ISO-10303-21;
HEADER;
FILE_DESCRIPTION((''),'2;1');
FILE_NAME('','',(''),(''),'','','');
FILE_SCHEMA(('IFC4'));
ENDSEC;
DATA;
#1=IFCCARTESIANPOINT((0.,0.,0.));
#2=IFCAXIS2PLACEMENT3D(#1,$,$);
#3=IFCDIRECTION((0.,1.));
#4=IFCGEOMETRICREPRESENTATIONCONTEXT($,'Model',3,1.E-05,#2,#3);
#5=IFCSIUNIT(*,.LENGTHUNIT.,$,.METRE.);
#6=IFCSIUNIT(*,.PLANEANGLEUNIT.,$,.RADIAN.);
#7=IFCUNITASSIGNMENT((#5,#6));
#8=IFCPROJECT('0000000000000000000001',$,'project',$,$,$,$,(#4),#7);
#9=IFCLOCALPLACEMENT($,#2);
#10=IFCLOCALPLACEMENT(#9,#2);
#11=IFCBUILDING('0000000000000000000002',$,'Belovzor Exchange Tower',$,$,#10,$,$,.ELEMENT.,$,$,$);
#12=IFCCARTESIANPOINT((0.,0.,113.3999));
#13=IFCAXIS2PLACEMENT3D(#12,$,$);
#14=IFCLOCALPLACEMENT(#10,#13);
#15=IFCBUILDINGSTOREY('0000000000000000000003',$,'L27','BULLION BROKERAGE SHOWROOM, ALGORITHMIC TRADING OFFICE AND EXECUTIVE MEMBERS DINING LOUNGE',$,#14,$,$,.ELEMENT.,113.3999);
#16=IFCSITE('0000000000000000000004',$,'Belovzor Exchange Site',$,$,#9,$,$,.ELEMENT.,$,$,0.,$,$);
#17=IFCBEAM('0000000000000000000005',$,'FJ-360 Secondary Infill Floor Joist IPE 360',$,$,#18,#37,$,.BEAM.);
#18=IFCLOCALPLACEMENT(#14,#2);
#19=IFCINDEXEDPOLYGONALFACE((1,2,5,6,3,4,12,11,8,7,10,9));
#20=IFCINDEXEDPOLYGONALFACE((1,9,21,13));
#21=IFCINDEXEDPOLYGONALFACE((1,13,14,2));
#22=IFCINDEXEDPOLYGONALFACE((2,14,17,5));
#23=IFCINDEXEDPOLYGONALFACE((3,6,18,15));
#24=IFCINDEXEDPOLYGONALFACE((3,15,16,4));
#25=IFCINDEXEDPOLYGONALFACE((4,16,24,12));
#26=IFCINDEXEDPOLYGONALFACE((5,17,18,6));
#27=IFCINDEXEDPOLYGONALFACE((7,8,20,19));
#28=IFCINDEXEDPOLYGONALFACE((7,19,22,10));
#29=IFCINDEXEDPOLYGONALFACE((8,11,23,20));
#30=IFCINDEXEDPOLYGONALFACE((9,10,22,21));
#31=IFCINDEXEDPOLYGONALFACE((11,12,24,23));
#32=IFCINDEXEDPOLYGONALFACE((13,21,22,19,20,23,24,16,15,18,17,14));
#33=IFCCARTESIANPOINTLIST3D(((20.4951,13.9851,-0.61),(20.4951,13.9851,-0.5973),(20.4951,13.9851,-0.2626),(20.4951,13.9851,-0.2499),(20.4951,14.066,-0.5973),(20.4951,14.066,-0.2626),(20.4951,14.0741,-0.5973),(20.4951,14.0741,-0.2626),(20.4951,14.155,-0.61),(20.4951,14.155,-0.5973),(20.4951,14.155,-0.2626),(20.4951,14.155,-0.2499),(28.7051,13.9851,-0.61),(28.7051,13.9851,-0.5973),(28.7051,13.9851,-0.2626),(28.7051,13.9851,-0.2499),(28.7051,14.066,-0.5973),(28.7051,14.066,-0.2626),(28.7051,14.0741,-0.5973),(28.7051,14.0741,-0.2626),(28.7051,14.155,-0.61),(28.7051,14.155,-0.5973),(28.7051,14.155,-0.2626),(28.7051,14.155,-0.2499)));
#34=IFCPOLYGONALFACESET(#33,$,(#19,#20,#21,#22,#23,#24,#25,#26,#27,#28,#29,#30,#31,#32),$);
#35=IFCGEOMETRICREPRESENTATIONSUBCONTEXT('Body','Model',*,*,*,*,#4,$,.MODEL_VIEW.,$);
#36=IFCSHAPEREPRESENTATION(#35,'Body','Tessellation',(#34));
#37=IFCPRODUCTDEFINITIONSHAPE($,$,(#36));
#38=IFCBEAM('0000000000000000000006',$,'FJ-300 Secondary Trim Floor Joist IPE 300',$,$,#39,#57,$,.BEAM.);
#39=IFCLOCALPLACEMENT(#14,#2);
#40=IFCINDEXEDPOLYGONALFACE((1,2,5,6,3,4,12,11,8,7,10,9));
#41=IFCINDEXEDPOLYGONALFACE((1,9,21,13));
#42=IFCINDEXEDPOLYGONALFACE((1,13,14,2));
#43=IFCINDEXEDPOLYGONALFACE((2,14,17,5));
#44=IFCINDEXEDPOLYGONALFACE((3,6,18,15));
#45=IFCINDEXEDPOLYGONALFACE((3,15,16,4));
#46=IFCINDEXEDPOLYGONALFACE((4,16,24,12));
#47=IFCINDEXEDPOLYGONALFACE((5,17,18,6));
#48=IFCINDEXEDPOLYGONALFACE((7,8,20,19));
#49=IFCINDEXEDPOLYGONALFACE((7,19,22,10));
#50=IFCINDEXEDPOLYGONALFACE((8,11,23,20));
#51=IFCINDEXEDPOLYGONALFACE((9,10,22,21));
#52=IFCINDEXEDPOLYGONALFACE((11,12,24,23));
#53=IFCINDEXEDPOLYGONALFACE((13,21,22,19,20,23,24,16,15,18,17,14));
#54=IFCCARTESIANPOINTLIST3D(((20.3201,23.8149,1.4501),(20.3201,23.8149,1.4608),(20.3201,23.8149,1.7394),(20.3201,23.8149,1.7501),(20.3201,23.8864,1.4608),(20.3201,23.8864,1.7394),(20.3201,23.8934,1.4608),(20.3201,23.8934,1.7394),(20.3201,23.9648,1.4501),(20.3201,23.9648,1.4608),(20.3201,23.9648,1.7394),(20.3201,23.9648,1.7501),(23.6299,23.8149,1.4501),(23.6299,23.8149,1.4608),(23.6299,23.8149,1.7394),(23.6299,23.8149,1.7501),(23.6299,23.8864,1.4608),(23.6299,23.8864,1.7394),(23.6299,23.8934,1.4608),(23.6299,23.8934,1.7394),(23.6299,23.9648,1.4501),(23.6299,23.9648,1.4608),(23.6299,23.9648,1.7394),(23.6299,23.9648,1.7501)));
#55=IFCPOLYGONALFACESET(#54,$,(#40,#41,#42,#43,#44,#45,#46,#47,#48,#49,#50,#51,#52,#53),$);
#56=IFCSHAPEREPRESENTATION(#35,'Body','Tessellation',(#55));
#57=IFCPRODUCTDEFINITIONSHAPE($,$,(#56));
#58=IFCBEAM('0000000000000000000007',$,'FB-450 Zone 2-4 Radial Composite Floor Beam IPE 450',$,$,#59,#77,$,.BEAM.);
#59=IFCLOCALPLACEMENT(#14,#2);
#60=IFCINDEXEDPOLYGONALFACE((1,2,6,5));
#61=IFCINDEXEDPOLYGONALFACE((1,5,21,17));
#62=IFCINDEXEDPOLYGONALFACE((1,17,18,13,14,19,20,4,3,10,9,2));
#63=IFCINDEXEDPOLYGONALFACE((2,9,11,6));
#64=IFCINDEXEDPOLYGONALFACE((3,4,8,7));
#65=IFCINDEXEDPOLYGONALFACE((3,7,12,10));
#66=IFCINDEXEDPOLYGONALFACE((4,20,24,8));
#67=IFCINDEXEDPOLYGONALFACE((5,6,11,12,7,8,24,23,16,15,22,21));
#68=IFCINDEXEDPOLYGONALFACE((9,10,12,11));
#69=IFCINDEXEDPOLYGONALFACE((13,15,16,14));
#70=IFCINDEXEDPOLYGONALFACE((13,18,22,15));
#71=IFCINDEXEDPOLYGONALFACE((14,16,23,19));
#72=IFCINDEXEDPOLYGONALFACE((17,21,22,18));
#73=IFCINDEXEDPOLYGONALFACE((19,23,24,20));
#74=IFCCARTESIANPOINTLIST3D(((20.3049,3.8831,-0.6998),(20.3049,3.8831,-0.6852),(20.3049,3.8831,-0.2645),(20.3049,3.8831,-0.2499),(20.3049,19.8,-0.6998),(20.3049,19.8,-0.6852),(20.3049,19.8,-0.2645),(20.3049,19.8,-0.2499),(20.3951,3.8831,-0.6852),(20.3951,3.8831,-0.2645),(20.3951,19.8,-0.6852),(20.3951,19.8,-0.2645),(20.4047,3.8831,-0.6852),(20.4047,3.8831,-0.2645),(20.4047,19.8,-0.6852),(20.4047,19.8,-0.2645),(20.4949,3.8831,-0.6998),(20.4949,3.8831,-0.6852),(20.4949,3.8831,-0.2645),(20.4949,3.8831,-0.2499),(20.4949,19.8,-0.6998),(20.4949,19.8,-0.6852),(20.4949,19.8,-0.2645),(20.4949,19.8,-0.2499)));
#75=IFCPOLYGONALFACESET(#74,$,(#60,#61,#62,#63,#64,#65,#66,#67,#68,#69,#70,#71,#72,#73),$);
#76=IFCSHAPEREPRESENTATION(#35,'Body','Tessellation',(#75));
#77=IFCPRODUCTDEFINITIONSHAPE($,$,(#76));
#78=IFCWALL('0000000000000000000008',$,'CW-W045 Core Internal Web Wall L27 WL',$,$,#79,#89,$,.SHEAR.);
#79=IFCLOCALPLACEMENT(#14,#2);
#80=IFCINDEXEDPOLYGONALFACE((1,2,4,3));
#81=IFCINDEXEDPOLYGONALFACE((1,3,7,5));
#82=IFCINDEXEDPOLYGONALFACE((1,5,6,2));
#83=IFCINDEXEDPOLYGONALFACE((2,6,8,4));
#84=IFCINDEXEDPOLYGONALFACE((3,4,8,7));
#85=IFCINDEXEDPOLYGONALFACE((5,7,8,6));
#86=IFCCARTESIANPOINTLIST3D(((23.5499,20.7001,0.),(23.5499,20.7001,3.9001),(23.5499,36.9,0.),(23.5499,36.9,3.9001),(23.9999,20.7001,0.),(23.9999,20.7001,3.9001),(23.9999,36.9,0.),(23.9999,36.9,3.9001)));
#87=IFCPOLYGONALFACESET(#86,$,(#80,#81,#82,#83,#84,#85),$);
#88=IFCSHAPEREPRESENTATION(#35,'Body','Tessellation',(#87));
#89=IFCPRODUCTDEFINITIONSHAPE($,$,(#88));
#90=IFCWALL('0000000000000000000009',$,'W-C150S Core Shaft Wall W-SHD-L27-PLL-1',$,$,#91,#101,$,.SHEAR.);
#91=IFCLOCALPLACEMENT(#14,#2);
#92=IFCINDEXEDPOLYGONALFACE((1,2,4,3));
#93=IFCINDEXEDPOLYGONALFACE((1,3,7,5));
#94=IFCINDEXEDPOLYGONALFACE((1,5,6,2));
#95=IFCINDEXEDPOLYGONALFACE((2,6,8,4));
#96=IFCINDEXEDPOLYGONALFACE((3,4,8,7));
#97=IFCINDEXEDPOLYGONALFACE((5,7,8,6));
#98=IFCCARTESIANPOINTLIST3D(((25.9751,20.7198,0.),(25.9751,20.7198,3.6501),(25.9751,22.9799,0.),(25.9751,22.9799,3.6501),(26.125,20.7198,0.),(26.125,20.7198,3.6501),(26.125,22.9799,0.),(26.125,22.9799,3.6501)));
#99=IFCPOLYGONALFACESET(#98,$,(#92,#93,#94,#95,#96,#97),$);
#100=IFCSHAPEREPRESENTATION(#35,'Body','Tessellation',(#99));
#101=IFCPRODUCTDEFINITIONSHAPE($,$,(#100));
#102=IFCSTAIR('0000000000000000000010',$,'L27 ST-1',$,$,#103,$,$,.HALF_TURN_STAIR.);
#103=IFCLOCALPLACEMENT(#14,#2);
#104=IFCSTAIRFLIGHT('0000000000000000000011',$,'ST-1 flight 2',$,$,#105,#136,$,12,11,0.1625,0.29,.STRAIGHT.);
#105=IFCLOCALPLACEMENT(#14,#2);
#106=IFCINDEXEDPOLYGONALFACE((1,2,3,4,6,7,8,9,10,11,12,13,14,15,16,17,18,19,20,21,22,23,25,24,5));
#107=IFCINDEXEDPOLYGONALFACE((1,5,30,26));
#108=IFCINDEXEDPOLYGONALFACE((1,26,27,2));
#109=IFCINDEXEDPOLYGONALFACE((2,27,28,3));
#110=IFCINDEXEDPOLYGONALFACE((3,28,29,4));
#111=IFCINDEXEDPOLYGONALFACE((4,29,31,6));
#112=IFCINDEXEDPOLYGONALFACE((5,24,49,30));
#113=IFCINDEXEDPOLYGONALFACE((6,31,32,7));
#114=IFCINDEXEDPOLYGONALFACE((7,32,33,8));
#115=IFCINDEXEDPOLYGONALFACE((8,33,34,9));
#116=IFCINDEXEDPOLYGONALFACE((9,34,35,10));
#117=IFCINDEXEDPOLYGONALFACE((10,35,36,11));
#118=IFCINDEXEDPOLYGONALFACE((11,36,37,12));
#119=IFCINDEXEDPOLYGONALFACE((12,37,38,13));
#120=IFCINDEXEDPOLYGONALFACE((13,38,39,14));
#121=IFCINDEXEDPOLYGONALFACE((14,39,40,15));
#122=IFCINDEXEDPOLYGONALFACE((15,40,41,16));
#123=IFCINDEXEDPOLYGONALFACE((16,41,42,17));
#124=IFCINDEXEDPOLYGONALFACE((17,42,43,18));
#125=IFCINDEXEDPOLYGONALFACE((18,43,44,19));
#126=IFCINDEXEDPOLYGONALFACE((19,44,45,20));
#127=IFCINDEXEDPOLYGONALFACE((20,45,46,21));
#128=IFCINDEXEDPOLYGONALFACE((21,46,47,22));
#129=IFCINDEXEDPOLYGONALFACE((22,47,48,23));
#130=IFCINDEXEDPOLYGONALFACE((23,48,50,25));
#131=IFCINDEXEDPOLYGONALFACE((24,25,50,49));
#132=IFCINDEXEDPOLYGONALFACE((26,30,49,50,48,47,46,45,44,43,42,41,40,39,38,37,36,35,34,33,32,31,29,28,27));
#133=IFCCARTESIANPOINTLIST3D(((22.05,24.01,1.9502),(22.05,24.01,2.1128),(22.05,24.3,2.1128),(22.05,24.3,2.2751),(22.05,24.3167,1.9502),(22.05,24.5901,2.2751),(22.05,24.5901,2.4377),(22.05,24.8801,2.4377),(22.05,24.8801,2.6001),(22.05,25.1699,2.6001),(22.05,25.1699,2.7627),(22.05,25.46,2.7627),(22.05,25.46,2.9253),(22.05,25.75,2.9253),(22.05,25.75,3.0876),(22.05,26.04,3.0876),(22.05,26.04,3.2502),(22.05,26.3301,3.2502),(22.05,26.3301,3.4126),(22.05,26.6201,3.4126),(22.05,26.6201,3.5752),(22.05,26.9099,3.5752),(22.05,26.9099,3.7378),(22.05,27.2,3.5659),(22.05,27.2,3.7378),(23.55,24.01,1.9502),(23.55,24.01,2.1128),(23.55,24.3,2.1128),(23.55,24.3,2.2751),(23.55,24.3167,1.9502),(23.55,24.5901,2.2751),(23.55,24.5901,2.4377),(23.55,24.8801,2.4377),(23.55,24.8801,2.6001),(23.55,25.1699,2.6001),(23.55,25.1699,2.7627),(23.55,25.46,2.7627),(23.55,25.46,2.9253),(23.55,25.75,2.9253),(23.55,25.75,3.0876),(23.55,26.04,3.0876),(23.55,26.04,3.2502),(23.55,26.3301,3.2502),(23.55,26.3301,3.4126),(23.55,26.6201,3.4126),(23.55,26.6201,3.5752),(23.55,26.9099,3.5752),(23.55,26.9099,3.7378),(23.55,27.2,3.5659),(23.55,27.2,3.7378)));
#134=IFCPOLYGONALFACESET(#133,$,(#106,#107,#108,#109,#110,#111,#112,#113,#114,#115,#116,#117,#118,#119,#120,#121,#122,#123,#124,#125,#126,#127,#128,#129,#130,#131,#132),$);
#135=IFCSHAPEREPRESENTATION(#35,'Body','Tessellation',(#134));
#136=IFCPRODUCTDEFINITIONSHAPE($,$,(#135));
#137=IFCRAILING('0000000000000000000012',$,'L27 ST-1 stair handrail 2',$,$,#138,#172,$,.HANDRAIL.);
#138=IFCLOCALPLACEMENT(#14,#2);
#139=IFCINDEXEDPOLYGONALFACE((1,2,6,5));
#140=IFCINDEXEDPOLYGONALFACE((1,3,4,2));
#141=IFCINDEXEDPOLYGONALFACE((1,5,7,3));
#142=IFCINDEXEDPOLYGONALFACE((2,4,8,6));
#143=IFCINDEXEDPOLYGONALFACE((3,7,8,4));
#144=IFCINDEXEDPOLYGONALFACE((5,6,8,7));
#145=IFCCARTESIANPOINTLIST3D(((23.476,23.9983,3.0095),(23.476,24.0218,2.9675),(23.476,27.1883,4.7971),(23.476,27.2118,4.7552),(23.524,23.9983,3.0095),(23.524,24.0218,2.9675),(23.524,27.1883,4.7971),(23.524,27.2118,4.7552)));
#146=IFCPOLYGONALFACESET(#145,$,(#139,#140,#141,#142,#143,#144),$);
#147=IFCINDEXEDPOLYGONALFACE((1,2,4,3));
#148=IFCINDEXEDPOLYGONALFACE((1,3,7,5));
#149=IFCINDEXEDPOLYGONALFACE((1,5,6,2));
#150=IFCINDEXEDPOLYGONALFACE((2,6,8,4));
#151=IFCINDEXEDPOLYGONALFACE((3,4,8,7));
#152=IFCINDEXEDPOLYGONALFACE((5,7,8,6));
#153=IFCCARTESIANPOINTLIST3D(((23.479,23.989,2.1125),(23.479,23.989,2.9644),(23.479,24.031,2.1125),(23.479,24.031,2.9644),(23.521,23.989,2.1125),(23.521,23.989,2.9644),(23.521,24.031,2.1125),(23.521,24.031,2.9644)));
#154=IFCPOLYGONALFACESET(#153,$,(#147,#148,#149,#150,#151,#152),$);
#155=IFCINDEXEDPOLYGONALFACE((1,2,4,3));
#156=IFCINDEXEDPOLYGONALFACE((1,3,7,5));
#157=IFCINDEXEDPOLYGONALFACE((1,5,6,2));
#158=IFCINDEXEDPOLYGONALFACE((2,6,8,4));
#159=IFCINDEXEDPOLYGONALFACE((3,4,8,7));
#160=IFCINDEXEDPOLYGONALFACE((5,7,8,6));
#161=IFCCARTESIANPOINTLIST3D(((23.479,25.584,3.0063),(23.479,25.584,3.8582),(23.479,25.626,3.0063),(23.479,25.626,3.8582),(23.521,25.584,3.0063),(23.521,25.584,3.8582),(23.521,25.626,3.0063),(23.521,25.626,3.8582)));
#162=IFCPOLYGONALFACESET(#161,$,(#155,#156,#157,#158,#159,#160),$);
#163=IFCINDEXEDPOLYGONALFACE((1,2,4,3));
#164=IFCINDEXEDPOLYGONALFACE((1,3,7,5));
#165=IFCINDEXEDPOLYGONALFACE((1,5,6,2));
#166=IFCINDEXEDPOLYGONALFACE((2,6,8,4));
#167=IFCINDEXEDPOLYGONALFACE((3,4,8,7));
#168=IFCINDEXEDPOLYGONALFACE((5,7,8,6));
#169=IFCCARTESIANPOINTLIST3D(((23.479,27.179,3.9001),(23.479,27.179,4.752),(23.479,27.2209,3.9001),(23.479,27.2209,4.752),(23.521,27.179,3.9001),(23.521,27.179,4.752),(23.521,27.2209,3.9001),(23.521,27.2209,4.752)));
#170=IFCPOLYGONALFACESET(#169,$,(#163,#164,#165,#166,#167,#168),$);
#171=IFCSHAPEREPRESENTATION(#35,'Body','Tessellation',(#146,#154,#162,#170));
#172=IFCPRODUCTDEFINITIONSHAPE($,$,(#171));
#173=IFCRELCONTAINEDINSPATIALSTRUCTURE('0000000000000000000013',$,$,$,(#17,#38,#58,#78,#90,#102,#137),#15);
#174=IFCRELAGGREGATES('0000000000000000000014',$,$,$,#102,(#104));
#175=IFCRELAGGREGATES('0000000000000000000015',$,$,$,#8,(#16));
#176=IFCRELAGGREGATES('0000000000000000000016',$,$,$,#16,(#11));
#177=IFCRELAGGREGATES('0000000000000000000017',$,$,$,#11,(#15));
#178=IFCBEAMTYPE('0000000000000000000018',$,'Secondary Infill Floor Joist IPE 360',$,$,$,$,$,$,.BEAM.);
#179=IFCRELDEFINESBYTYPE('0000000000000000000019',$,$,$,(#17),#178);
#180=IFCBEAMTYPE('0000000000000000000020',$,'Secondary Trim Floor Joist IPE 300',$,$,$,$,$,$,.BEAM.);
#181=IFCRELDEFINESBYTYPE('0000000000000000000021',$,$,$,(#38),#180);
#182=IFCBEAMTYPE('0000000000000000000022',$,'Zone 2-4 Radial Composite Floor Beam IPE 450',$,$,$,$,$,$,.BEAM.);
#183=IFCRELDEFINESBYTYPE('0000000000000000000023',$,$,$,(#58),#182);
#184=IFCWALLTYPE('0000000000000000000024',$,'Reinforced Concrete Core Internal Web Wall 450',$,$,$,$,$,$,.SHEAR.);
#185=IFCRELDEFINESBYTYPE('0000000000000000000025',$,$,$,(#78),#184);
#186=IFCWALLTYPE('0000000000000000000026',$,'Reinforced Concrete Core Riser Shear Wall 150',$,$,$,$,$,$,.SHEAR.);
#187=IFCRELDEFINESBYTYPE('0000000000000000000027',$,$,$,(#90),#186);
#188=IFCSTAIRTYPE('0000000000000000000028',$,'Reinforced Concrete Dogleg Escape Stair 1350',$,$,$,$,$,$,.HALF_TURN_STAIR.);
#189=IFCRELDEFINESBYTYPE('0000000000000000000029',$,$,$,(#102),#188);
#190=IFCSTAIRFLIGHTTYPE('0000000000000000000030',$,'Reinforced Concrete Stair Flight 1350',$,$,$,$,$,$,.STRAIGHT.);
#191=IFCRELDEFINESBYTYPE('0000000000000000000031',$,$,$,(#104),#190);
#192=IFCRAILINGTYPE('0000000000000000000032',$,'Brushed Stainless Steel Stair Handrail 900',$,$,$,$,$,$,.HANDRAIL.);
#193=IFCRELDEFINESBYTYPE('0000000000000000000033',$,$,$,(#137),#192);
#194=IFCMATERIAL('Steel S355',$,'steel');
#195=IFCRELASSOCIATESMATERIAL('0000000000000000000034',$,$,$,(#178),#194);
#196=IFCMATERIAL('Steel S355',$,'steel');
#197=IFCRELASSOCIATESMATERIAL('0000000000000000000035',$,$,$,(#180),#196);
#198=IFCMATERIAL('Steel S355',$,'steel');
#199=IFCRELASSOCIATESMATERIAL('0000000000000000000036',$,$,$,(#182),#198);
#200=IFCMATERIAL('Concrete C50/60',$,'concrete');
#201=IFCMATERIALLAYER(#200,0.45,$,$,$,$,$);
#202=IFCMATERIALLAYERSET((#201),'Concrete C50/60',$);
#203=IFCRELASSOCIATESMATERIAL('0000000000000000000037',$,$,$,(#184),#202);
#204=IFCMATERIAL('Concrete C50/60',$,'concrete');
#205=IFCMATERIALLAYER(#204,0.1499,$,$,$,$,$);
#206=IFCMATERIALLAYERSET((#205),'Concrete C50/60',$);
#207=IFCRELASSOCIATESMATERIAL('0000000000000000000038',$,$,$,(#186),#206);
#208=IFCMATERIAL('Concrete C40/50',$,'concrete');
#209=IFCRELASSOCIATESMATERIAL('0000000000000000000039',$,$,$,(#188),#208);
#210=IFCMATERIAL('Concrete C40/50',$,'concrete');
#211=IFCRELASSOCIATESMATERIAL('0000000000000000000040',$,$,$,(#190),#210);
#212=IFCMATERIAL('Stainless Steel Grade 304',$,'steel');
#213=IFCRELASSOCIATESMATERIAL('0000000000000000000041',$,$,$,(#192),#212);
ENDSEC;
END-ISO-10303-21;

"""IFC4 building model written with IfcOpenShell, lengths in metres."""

from ifc_helpers import new_model, si_unit, direction, frame, frame_2d, origin, origin_2d, place, context, subcontext, project, spatial, polyline, rectangle, i_section, outline, extrude, material, layer, layer_set, material_profile, profile_set, type_object, element, aggregate, save


model = new_model("IFC4")

# Units and contexts
model_context = context("Model", 3, precision=1e-05, world=origin(), true_north=direction((0.0, 1.0)))
body_context = subcontext(model_context, "Body", "Model", "MODEL_VIEW")
ifc_project = project(units=[si_unit("LENGTHUNIT", "METRE"), si_unit("PLANEANGLEUNIT", "RADIAN")], contexts=[model_context])

# Site, building, storey
site_placement = place(None, origin())
site = spatial("IfcSite", under=ifc_project, at=site_placement, Name="Belovzor Exchange Site", CompositionType="ELEMENT", RefElevation=0.0)
building_placement = place(site_placement, origin())
building = spatial("IfcBuilding", under=site, at=building_placement, Name="Belovzor Exchange Tower", CompositionType="ELEMENT")
storey_placement = place(building_placement, frame((0.0, 0.0, 113.3999)))
storey = spatial("IfcBuildingStorey", under=building, at=storey_placement, Name="L27", Description="BULLION BROKERAGE SHOWROOM, ALGORITHMIC TRADING OFFICE AND EXECUTIVE MEMBERS DINING LOUNGE", CompositionType="ELEMENT", Elevation=113.3999)

# Beams
ifc_material_1 = material(Name="Steel S355", Category="steel")
ifc_material_profile_1 = material_profile(ifc_material_1, i_section(OverallWidth=0.1699, OverallDepth=0.3601, WebThickness=0.0081, FlangeThickness=0.0127, at=origin_2d()))
ifc_profile_set_1 = profile_set([ifc_material_profile_1], Name="Steel S355")
beam_type_1 = type_object("IfcBeamType", Name="Secondary Infill Floor Joist IPE 360", PredefinedType="BEAM", material=ifc_profile_set_1)
beam_1_placement = place(storey_placement, frame((20.4951, 14.0701, -0.4299), z_axis=(1.0, 0.0, 0.0), x_axis=(0.0, 1.0, 0.0)))
element("IfcBeam", 1, at=beam_1_placement, inside=storey, type_object=beam_type_1, Name="FJ-360 Secondary Infill Floor Joist IPE 360", PredefinedType="BEAM", context=body_context, shape_type="SweptSolid", body=[
    extrude(i_section(OverallWidth=0.1699, OverallDepth=0.3601, WebThickness=0.0081, FlangeThickness=0.0127, at=origin_2d()), origin(), (0.0, 0.0, 1.0), 8.21),
])
ifc_material_2 = material(Name="Steel S355", Category="steel")
ifc_material_profile_2 = material_profile(ifc_material_2, i_section(OverallWidth=0.1499, OverallDepth=0.3, WebThickness=0.0071, FlangeThickness=0.0107, at=origin_2d()))
ifc_profile_set_2 = profile_set([ifc_material_profile_2], Name="Steel S355")
beam_type_2 = type_object("IfcBeamType", Name="Secondary Trim Floor Joist IPE 300", PredefinedType="BEAM", material=ifc_profile_set_2)
beam_2_placement = place(storey_placement, frame((20.3201, 23.8899, 1.6001), z_axis=(1.0, 0.0, 0.0), x_axis=(0.0, 1.0, 0.0)))
element("IfcBeam", 2, at=beam_2_placement, inside=storey, type_object=beam_type_2, Name="FJ-300 Secondary Trim Floor Joist IPE 300", PredefinedType="BEAM", context=body_context, shape_type="SweptSolid", body=[
    extrude(i_section(OverallWidth=0.1499, OverallDepth=0.3, WebThickness=0.0071, FlangeThickness=0.0107, at=origin_2d()), origin(), (0.0, 0.0, 1.0), 3.3098),
])
ifc_material_3 = material(Name="Steel S355", Category="steel")
ifc_material_profile_3 = material_profile(ifc_material_3, i_section(OverallWidth=0.1899, OverallDepth=0.45, WebThickness=0.0095, FlangeThickness=0.0146, at=origin_2d()))
ifc_profile_set_3 = profile_set([ifc_material_profile_3], Name="Steel S355")
beam_type_3 = type_object("IfcBeamType", Name="Zone 2-4 Radial Composite Floor Beam IPE 450", PredefinedType="BEAM", material=ifc_profile_set_3)
beam_3_placement = place(storey_placement, frame((20.3999, 19.8, -0.4749), z_axis=(0.0, -1.0, 0.0), x_axis=(1.0, 0.0, 0.0)))
element("IfcBeam", 3, at=beam_3_placement, inside=storey, type_object=beam_type_3, Name="FB-450 Zone 2-4 Radial Composite Floor Beam IPE 450", PredefinedType="BEAM", context=body_context, shape_type="SweptSolid", body=[
    extrude(i_section(OverallWidth=0.1899, OverallDepth=0.45, WebThickness=0.0095, FlangeThickness=0.0146, at=origin_2d()), origin(), (0.0, 0.0, 1.0), 15.917),
])

# Walls
ifc_material_4 = material(Name="Concrete C50/60", Category="concrete")
ifc_layer_1 = layer(ifc_material_4, 0.45)
ifc_layer_set_1 = layer_set([ifc_layer_1], Name="Concrete C50/60")
wall_type_1 = type_object("IfcWallType", Name="Reinforced Concrete Core Internal Web Wall 450", PredefinedType="SHEAR", material=ifc_layer_set_1)
wall_1_placement = place(storey_placement, frame((23.7749, 20.7, 0.0), z_axis=(0.0, 0.0, 1.0), x_axis=(0.0, 1.0, 0.0)))
element("IfcWall", 4, at=wall_1_placement, inside=storey, type_object=wall_type_1, Name="CW-W045 Core Internal Web Wall L27 WL", PredefinedType="SHEAR", context=body_context, shape_type="SweptSolid", body=[
    extrude(rectangle(XDim=16.2, YDim=0.45, at=frame_2d((8.1001, 0.0))), origin(), (0.0, 0.0, 1.0), 3.9001),
])
ifc_material_5 = material(Name="Concrete C50/60", Category="concrete")
ifc_layer_2 = layer(ifc_material_5, 0.1499)
ifc_layer_set_2 = layer_set([ifc_layer_2], Name="Concrete C50/60")
wall_type_2 = type_object("IfcWallType", Name="Reinforced Concrete Core Riser Shear Wall 150", PredefinedType="SHEAR", material=ifc_layer_set_2)
wall_2_placement = place(storey_placement, frame((26.05, 20.72, 0.0), z_axis=(0.0, 0.0, 1.0), x_axis=(0.0, 1.0, 0.0)))
element("IfcWall", 5, at=wall_2_placement, inside=storey, type_object=wall_type_2, Name="W-C150S Core Shaft Wall W-SHD-L27-PLL-1", PredefinedType="SHEAR", context=body_context, shape_type="SweptSolid", body=[
    extrude(rectangle(XDim=2.26, YDim=0.1499, at=frame_2d((1.1299, 0.0))), origin(), (0.0, 0.0, 1.0), 3.6501),
])

# Stair, stair flight
ifc_material_6 = material(Name="Concrete C40/50", Category="concrete")
stair_type = type_object("IfcStairType", Name="Reinforced Concrete Dogleg Escape Stair 1350", PredefinedType="HALF_TURN_STAIR", material=ifc_material_6)
stair_placement = place(storey_placement, origin())
stair = element("IfcStair", 6, at=stair_placement, inside=storey, type_object=stair_type, Name="L27 ST-1", PredefinedType="HALF_TURN_STAIR")
ifc_material_7 = material(Name="Concrete C40/50", Category="concrete")
stair_flight_type = type_object("IfcStairFlightType", Name="Reinforced Concrete Stair Flight 1350", PredefinedType="STRAIGHT", material=ifc_material_7)
stair_flight_placement = place(storey_placement, frame((22.8, 24.01, 1.9502), z_axis=(0.0, 0.0, 1.0), x_axis=(0.0, 1.0, 0.0)))
stair_flight = element("IfcStairFlight", 7, at=stair_flight_placement, type_object=stair_flight_type, Name="ST-1 flight 2", NumberOfRisers=12, NumberOfTreads=11, PredefinedType="STRAIGHT", RiserHeight=0.1625, TreadLength=0.29, context=body_context, shape_type="SweptSolid", body=[
    extrude(outline(polyline([(0.0, 0.0), (0.0, 0.1626), (0.29, 0.1626), (0.29, 0.325), (0.5801, 0.325), (0.5801, 0.4875), (0.8701, 0.4875), (0.8701, 0.6499), (1.1599, 0.6499), (1.1599, 0.8125), (1.45, 0.8125), (1.45, 0.9751), (1.74, 0.9751), (1.74, 1.1375), (2.03, 1.1375), (2.03, 1.3), (2.3201, 1.3), (2.3201, 1.4624), (2.6101, 1.4624), (2.6101, 1.625), (2.8999, 1.625), (2.8999, 1.7876), (3.1899, 1.7876), (3.1899, 1.95), (3.1899, 1.6157), (0.3066, 0.0), (0.0, 0.0)])), frame((0.0, 0.75, 0.0), z_axis=(0.0, -1.0, 0.0), x_axis=(1.0, 0.0, 0.0)), (0.0, 0.0, 1.0), 1.5),
])
aggregate(stair, [stair_flight])

# Railing
ifc_material_8 = material(Name="Stainless Steel Grade 304", Category="steel")
railing_type_1 = type_object("IfcRailingType", Name="Brushed Stainless Steel Stair Handrail 900", PredefinedType="HANDRAIL", material=ifc_material_8)
railing_1_placement = place(storey_placement, frame((23.5, 24.01, 2.1125)))
element("IfcRailing", 8, at=railing_1_placement, inside=storey, type_object=railing_type_1, Name="L27 ST-1 stair handrail 2", PredefinedType="HANDRAIL", context=body_context, shape_type="SweptSolid", body=[
    extrude(rectangle(XDim=0.0481, YDim=0.0481, at=origin_2d()), frame((0.0, 0.0, 0.876), z_axis=(0.0, 0.872363, 0.48886), x_axis=(-1.0, 0.0, 0.0)), (0.0, 0.0, 1.0), 3.6567),
    extrude(rectangle(XDim=0.042, YDim=0.042, at=origin_2d()), origin(), (0.0, 0.0, 1.0), 0.8518),
    extrude(rectangle(XDim=0.042, YDim=0.042, at=origin_2d()), frame((0.0, 1.595, 0.8938)), (0.0, 0.0, 1.0), 0.8518),
    extrude(rectangle(XDim=0.042, YDim=0.042, at=origin_2d()), frame((0.0, 3.1899, 1.7876)), (0.0, 0.0, 1.0), 0.8518),
])

save(model, "model.ifc")
